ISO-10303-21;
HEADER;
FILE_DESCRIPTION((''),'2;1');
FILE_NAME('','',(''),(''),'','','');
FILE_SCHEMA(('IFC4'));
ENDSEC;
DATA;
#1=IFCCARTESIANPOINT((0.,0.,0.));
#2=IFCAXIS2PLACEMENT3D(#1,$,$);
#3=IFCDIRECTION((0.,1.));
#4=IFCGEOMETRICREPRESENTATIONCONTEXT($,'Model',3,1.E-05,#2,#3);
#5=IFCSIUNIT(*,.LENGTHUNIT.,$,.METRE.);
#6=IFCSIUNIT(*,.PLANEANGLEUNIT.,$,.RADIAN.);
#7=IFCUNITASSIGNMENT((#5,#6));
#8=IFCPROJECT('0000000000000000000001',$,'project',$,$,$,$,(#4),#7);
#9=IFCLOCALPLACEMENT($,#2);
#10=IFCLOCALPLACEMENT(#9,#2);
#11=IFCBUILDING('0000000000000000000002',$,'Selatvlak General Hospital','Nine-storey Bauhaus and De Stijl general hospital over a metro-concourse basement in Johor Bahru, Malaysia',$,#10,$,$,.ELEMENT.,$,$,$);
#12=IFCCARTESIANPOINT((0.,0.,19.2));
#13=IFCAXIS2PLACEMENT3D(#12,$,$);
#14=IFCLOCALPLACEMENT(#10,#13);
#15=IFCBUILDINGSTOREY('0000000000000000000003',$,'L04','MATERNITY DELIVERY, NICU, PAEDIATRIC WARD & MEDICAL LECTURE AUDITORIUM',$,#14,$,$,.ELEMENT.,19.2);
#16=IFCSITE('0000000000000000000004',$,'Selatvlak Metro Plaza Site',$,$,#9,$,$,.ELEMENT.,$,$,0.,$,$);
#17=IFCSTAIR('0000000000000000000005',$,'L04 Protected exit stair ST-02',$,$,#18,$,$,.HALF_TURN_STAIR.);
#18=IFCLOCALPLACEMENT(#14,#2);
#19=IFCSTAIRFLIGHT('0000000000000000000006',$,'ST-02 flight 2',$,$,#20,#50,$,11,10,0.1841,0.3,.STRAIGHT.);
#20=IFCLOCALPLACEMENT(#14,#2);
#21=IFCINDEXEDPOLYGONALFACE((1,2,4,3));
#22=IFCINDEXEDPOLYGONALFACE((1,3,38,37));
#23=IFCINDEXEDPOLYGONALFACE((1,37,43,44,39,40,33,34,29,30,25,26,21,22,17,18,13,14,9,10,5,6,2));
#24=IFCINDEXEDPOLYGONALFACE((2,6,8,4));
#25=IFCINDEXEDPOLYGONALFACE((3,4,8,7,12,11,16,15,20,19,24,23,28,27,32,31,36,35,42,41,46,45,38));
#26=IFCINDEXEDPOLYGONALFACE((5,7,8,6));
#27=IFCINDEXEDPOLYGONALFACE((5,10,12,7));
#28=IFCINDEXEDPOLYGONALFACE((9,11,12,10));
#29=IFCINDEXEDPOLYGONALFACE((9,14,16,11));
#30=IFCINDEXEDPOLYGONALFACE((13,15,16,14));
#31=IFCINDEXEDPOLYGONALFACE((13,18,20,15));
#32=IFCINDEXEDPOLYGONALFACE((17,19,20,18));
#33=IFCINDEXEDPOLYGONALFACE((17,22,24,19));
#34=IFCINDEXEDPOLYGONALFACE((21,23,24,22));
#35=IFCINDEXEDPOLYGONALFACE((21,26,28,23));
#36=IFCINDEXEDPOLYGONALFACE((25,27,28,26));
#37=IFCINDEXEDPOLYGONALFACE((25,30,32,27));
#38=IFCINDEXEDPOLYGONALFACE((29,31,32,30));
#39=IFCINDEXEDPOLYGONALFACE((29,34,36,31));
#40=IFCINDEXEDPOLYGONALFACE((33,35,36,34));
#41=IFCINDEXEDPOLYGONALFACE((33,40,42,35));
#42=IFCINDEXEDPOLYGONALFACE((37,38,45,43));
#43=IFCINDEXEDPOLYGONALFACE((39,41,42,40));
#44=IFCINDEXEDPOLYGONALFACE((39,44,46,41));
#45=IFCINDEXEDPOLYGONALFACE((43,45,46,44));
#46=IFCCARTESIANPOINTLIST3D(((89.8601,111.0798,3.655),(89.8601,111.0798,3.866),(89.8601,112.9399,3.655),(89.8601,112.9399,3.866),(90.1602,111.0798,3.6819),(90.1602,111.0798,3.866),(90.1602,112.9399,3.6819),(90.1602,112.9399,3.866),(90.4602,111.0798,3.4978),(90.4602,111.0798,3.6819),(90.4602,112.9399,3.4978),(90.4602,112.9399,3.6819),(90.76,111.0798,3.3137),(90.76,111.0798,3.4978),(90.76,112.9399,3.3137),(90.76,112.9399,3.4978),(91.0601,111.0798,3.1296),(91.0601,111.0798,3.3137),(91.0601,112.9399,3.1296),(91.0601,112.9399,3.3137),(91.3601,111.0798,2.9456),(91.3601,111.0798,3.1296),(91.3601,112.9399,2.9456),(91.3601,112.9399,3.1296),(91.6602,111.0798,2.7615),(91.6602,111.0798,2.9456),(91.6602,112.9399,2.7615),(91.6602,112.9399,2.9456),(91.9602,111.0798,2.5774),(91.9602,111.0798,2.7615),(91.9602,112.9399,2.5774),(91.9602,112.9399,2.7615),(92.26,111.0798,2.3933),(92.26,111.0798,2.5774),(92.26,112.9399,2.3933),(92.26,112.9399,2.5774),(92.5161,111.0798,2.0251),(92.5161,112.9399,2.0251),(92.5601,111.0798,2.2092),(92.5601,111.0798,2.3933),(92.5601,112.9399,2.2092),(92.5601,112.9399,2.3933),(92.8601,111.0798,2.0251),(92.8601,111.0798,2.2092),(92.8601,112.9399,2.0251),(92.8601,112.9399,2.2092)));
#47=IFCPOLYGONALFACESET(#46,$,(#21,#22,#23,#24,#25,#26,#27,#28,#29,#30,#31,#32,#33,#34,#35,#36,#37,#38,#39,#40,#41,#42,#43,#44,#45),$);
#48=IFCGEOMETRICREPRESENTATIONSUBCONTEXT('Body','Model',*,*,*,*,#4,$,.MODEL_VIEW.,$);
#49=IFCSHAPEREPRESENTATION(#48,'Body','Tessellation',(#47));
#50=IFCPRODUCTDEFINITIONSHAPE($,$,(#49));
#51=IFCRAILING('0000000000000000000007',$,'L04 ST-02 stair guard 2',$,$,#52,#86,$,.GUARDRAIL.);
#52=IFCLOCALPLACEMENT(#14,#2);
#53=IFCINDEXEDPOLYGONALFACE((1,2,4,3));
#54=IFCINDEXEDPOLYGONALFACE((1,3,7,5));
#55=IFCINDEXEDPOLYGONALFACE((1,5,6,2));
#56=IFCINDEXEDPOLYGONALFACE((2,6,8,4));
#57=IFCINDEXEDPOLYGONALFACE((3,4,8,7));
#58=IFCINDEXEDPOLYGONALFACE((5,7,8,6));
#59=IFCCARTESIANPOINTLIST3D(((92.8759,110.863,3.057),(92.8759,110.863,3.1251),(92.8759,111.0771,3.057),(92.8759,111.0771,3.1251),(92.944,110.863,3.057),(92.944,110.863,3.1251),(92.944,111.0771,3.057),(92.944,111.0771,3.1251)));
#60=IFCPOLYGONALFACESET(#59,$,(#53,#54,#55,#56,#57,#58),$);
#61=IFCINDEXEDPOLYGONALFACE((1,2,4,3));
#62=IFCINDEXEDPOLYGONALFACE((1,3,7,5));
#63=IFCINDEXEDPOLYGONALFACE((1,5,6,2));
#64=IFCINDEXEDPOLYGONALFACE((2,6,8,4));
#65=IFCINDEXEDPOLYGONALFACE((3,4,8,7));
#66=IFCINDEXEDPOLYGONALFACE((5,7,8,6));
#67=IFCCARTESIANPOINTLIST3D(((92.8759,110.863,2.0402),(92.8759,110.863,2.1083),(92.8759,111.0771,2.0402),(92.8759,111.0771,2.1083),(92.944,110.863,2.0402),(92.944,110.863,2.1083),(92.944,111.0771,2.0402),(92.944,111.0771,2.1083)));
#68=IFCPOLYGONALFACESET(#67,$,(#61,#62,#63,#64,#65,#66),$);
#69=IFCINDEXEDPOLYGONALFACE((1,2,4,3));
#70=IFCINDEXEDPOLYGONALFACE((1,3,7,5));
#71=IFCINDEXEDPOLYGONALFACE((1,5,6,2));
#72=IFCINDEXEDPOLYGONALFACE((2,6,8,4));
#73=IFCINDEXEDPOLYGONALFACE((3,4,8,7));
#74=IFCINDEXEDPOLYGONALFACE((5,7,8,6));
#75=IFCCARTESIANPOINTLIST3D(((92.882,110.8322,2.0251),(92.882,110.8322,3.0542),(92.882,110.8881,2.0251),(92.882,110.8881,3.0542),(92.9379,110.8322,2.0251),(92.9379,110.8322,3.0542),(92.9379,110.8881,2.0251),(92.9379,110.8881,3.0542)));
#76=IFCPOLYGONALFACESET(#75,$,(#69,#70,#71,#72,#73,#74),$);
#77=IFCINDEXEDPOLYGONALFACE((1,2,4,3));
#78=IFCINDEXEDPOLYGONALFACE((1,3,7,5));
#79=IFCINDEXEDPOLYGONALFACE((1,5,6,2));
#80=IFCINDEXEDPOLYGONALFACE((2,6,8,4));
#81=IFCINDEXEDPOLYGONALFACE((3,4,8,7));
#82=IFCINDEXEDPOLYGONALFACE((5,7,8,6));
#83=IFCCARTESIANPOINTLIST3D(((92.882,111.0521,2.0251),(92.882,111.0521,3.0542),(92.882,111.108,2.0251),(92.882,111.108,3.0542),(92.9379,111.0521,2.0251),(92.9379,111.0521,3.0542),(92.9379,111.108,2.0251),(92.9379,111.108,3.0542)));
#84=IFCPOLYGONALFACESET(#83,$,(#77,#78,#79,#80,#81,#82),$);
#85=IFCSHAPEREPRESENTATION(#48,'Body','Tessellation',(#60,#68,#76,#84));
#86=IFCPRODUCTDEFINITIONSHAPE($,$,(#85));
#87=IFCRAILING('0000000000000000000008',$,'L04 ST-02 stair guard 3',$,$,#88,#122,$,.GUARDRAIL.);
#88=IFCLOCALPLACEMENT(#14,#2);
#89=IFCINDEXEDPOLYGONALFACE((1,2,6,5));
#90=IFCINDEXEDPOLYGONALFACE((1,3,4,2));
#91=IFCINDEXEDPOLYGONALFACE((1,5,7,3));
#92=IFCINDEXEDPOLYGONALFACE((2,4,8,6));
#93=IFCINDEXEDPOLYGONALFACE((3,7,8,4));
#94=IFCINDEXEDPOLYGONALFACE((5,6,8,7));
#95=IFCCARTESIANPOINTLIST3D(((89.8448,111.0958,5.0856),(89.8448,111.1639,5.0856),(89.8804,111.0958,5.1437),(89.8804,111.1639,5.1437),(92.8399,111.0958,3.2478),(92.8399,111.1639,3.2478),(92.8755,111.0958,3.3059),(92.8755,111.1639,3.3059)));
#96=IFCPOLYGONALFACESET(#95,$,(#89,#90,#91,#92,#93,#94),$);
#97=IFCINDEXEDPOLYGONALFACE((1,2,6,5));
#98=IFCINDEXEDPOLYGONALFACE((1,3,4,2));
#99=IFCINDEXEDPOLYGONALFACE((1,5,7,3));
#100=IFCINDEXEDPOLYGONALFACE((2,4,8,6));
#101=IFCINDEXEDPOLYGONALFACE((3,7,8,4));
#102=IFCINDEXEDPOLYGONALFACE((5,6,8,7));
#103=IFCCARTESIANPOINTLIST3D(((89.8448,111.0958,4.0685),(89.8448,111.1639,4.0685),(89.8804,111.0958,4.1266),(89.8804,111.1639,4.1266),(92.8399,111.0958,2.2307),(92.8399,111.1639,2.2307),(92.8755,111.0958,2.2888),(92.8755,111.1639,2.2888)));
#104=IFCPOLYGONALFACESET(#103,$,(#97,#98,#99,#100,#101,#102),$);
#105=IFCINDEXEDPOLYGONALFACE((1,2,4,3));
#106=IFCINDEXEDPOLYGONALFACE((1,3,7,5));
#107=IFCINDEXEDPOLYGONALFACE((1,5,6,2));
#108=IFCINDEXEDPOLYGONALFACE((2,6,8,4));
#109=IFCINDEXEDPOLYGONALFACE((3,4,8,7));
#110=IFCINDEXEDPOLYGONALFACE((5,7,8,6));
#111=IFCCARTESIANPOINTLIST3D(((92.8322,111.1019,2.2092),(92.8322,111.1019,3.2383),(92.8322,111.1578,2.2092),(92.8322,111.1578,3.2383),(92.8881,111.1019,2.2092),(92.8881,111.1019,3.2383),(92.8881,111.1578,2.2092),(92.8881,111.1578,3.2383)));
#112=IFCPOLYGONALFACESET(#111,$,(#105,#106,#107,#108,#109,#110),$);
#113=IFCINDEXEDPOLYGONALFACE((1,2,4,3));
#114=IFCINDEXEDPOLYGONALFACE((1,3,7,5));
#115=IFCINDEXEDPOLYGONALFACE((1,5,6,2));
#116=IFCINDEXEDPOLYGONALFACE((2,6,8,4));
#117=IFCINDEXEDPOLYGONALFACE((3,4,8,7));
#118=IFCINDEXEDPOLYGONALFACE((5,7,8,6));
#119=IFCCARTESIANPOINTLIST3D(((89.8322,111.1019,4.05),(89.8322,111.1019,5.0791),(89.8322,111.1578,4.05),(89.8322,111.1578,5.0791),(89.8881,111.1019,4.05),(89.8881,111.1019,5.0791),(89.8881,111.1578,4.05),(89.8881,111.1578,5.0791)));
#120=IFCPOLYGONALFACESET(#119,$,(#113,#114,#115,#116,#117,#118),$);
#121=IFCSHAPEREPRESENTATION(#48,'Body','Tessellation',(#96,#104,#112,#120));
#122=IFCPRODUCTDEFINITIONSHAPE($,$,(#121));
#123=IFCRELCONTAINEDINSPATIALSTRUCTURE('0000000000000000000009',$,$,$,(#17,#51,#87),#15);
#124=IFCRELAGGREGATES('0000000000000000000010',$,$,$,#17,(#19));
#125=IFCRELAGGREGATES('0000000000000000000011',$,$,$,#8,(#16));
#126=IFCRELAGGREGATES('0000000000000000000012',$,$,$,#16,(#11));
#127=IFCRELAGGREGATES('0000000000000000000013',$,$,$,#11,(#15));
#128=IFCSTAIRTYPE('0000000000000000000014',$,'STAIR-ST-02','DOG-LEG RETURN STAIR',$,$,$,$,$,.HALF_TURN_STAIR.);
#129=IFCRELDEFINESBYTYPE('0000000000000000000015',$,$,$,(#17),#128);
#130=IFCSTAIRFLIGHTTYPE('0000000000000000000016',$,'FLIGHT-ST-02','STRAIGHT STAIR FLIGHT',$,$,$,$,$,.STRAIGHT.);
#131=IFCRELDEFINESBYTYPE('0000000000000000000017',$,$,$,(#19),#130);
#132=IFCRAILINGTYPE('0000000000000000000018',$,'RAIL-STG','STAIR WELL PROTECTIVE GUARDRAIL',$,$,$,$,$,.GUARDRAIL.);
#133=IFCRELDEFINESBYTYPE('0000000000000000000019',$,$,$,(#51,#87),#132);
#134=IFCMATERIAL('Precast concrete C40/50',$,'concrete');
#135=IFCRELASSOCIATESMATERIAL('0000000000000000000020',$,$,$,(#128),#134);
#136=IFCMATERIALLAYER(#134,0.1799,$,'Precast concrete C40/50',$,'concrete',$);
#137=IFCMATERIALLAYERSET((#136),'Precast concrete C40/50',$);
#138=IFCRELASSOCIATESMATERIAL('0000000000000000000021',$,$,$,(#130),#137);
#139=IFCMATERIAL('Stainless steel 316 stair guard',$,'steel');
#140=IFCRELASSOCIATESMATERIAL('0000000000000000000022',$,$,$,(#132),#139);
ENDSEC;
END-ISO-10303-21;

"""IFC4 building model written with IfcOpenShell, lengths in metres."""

from ifc_helpers import new_model, si_unit, direction, frame, origin, origin_2d, place, context, subcontext, project, spatial, polyline, rectangle, outline, extrude, material, layer, layer_set, type_object, element, aggregate, save


model = new_model("IFC4")

# Units and contexts
model_context = context("Model", 3, precision=1e-05, world=origin(), true_north=direction((0.0, 1.0)))
body_context = subcontext(model_context, "Body", "Model", "MODEL_VIEW")
ifc_project = project(units=[si_unit("LENGTHUNIT", "METRE"), si_unit("PLANEANGLEUNIT", "RADIAN")], contexts=[model_context])

# Site, building, storey
site_placement = place(None, origin())
site = spatial("IfcSite", under=ifc_project, at=site_placement, Name="Selatvlak Metro Plaza Site", CompositionType="ELEMENT", RefElevation=0.0)
building_placement = place(site_placement, origin())
building = spatial("IfcBuilding", under=site, at=building_placement, Name="Selatvlak General Hospital", Description="Nine-storey Bauhaus and De Stijl general hospital over a metro-concourse basement in Johor Bahru, Malaysia", CompositionType="ELEMENT")
storey_placement = place(building_placement, frame((0.0, 0.0, 19.2)))
storey = spatial("IfcBuildingStorey", under=building, at=storey_placement, Name="L04", Description="MATERNITY DELIVERY, NICU, PAEDIATRIC WARD & MEDICAL LECTURE AUDITORIUM", CompositionType="ELEMENT", Elevation=19.2)

# Stair, stair flight
ifc_material_1 = material(Name="Precast concrete C40/50", Category="concrete")
stair_type = type_object("IfcStairType", Name="STAIR-ST-02", Description="DOG-LEG RETURN STAIR", PredefinedType="HALF_TURN_STAIR", material=ifc_material_1)
stair_placement = place(storey_placement, origin())
stair = element("IfcStair", 1, at=stair_placement, inside=storey, type_object=stair_type, Name="L04 Protected exit stair ST-02", PredefinedType="HALF_TURN_STAIR")
ifc_layer_1 = layer(ifc_material_1, 0.1799, Name="Precast concrete C40/50", Category="concrete")
ifc_layer_set_1 = layer_set([ifc_layer_1], Name="Precast concrete C40/50")
stair_flight_type = type_object("IfcStairFlightType", Name="FLIGHT-ST-02", Description="STRAIGHT STAIR FLIGHT", PredefinedType="STRAIGHT", material=ifc_layer_set_1)
stair_flight_placement = place(storey_placement, frame((92.8601, 112.01, 2.0251), z_axis=(0.0, 0.0, 1.0), x_axis=(-1.0, 0.0, 0.0)))
stair_flight = element("IfcStairFlight", 2, at=stair_flight_placement, type_object=stair_flight_type, Name="ST-02 flight 2", NumberOfRisers=11, NumberOfTreads=10, PredefinedType="STRAIGHT", RiserHeight=0.1841, TreadLength=0.3, context=body_context, shape_type="SweptSolid", body=[
    extrude(outline(polyline([(0.0, 0.0), (0.0, 0.1841), (0.3, 0.1841), (0.3, 0.3682), (0.6001, 0.3682), (0.6001, 0.5522), (0.8999, 0.5522), (0.8999, 0.7363), (1.2, 0.7363), (1.2, 0.9204), (1.5, 0.9204), (1.5, 1.1045), (1.8, 1.1045), (1.8, 1.2886), (2.1001, 1.2886), (2.1001, 1.4727), (2.3999, 1.4727), (2.3999, 1.6567), (2.7, 1.6567), (2.7, 1.8408), (3.0, 1.8408), (3.0, 2.0249), (3.0, 1.6299), (0.344, 0.0), (0.0, 0.0)])), frame((0.0, 0.9302, 0.0), z_axis=(0.0, -1.0, 0.0), x_axis=(1.0, 0.0, 0.0)), (0.0, 0.0, 1.0), 1.8601),
])
aggregate(stair, [stair_flight])

# Railings
ifc_material_2 = material(Name="Stainless steel 316 stair guard", Category="steel")
railing_type_1 = type_object("IfcRailingType", Name="RAIL-STG", Description="STAIR WELL PROTECTIVE GUARDRAIL", PredefinedType="GUARDRAIL", material=ifc_material_2)
railing_1_placement = place(storey_placement, frame((92.9099, 110.8601, 2.0251)))
element("IfcRailing", 3, at=railing_1_placement, inside=storey, type_object=railing_type_1, Name="L04 ST-02 stair guard 2", PredefinedType="GUARDRAIL", context=body_context, shape_type="SweptSolid", body=[
    extrude(rectangle(XDim=0.0681, YDim=0.0681, at=origin_2d()), frame((0.0, 0.0029, 1.0659), z_axis=(0.0, 1.0, 0.0), x_axis=(-1.0, 0.0, 0.0)), (0.0, 0.0, 1.0), 0.2141),
    extrude(rectangle(XDim=0.0681, YDim=0.0681, at=origin_2d()), frame((0.0, 0.0029, 0.0491), z_axis=(0.0, 1.0, 0.0), x_axis=(-1.0, 0.0, 0.0)), (0.0, 0.0, 1.0), 0.2141),
    extrude(rectangle(XDim=0.0559, YDim=0.0559, at=origin_2d()), origin(), (0.0, 0.0, 1.0), 1.0291),
    extrude(rectangle(XDim=0.0559, YDim=0.0559, at=origin_2d()), frame((0.0, 0.22, 0.0)), (0.0, 0.0, 1.0), 1.0291),
])
railing_2_placement = place(storey_placement, frame((92.8601, 111.1299, 2.2092)))
element("IfcRailing", 4, at=railing_2_placement, inside=storey, type_object=railing_type_1, Name="L04 ST-02 stair guard 3", PredefinedType="GUARDRAIL", context=body_context, shape_type="SweptSolid", body=[
    extrude(rectangle(XDim=0.0681, YDim=0.0681, at=origin_2d()), frame((-0.0024, 0.0, 1.0676), z_axis=(-0.852334, 0.0, 0.522998), x_axis=(0.0, -1.0, 0.0)), (0.0, 0.0, 1.0), 3.5139),
    extrude(rectangle(XDim=0.0681, YDim=0.0681, at=origin_2d()), frame((-0.0024, 0.0, 0.0505), z_axis=(-0.852334, 0.0, 0.522998), x_axis=(0.0, -1.0, 0.0)), (0.0, 0.0, 1.0), 3.5139),
    extrude(rectangle(XDim=0.0559, YDim=0.0559, at=origin_2d()), origin(), (0.0, 0.0, 1.0), 1.0291),
    extrude(rectangle(XDim=0.0559, YDim=0.0559, at=origin_2d()), frame((-3.0, 0.0, 1.8408)), (0.0, 0.0, 1.0), 1.0291),
])

save(model, "model.ifc")
